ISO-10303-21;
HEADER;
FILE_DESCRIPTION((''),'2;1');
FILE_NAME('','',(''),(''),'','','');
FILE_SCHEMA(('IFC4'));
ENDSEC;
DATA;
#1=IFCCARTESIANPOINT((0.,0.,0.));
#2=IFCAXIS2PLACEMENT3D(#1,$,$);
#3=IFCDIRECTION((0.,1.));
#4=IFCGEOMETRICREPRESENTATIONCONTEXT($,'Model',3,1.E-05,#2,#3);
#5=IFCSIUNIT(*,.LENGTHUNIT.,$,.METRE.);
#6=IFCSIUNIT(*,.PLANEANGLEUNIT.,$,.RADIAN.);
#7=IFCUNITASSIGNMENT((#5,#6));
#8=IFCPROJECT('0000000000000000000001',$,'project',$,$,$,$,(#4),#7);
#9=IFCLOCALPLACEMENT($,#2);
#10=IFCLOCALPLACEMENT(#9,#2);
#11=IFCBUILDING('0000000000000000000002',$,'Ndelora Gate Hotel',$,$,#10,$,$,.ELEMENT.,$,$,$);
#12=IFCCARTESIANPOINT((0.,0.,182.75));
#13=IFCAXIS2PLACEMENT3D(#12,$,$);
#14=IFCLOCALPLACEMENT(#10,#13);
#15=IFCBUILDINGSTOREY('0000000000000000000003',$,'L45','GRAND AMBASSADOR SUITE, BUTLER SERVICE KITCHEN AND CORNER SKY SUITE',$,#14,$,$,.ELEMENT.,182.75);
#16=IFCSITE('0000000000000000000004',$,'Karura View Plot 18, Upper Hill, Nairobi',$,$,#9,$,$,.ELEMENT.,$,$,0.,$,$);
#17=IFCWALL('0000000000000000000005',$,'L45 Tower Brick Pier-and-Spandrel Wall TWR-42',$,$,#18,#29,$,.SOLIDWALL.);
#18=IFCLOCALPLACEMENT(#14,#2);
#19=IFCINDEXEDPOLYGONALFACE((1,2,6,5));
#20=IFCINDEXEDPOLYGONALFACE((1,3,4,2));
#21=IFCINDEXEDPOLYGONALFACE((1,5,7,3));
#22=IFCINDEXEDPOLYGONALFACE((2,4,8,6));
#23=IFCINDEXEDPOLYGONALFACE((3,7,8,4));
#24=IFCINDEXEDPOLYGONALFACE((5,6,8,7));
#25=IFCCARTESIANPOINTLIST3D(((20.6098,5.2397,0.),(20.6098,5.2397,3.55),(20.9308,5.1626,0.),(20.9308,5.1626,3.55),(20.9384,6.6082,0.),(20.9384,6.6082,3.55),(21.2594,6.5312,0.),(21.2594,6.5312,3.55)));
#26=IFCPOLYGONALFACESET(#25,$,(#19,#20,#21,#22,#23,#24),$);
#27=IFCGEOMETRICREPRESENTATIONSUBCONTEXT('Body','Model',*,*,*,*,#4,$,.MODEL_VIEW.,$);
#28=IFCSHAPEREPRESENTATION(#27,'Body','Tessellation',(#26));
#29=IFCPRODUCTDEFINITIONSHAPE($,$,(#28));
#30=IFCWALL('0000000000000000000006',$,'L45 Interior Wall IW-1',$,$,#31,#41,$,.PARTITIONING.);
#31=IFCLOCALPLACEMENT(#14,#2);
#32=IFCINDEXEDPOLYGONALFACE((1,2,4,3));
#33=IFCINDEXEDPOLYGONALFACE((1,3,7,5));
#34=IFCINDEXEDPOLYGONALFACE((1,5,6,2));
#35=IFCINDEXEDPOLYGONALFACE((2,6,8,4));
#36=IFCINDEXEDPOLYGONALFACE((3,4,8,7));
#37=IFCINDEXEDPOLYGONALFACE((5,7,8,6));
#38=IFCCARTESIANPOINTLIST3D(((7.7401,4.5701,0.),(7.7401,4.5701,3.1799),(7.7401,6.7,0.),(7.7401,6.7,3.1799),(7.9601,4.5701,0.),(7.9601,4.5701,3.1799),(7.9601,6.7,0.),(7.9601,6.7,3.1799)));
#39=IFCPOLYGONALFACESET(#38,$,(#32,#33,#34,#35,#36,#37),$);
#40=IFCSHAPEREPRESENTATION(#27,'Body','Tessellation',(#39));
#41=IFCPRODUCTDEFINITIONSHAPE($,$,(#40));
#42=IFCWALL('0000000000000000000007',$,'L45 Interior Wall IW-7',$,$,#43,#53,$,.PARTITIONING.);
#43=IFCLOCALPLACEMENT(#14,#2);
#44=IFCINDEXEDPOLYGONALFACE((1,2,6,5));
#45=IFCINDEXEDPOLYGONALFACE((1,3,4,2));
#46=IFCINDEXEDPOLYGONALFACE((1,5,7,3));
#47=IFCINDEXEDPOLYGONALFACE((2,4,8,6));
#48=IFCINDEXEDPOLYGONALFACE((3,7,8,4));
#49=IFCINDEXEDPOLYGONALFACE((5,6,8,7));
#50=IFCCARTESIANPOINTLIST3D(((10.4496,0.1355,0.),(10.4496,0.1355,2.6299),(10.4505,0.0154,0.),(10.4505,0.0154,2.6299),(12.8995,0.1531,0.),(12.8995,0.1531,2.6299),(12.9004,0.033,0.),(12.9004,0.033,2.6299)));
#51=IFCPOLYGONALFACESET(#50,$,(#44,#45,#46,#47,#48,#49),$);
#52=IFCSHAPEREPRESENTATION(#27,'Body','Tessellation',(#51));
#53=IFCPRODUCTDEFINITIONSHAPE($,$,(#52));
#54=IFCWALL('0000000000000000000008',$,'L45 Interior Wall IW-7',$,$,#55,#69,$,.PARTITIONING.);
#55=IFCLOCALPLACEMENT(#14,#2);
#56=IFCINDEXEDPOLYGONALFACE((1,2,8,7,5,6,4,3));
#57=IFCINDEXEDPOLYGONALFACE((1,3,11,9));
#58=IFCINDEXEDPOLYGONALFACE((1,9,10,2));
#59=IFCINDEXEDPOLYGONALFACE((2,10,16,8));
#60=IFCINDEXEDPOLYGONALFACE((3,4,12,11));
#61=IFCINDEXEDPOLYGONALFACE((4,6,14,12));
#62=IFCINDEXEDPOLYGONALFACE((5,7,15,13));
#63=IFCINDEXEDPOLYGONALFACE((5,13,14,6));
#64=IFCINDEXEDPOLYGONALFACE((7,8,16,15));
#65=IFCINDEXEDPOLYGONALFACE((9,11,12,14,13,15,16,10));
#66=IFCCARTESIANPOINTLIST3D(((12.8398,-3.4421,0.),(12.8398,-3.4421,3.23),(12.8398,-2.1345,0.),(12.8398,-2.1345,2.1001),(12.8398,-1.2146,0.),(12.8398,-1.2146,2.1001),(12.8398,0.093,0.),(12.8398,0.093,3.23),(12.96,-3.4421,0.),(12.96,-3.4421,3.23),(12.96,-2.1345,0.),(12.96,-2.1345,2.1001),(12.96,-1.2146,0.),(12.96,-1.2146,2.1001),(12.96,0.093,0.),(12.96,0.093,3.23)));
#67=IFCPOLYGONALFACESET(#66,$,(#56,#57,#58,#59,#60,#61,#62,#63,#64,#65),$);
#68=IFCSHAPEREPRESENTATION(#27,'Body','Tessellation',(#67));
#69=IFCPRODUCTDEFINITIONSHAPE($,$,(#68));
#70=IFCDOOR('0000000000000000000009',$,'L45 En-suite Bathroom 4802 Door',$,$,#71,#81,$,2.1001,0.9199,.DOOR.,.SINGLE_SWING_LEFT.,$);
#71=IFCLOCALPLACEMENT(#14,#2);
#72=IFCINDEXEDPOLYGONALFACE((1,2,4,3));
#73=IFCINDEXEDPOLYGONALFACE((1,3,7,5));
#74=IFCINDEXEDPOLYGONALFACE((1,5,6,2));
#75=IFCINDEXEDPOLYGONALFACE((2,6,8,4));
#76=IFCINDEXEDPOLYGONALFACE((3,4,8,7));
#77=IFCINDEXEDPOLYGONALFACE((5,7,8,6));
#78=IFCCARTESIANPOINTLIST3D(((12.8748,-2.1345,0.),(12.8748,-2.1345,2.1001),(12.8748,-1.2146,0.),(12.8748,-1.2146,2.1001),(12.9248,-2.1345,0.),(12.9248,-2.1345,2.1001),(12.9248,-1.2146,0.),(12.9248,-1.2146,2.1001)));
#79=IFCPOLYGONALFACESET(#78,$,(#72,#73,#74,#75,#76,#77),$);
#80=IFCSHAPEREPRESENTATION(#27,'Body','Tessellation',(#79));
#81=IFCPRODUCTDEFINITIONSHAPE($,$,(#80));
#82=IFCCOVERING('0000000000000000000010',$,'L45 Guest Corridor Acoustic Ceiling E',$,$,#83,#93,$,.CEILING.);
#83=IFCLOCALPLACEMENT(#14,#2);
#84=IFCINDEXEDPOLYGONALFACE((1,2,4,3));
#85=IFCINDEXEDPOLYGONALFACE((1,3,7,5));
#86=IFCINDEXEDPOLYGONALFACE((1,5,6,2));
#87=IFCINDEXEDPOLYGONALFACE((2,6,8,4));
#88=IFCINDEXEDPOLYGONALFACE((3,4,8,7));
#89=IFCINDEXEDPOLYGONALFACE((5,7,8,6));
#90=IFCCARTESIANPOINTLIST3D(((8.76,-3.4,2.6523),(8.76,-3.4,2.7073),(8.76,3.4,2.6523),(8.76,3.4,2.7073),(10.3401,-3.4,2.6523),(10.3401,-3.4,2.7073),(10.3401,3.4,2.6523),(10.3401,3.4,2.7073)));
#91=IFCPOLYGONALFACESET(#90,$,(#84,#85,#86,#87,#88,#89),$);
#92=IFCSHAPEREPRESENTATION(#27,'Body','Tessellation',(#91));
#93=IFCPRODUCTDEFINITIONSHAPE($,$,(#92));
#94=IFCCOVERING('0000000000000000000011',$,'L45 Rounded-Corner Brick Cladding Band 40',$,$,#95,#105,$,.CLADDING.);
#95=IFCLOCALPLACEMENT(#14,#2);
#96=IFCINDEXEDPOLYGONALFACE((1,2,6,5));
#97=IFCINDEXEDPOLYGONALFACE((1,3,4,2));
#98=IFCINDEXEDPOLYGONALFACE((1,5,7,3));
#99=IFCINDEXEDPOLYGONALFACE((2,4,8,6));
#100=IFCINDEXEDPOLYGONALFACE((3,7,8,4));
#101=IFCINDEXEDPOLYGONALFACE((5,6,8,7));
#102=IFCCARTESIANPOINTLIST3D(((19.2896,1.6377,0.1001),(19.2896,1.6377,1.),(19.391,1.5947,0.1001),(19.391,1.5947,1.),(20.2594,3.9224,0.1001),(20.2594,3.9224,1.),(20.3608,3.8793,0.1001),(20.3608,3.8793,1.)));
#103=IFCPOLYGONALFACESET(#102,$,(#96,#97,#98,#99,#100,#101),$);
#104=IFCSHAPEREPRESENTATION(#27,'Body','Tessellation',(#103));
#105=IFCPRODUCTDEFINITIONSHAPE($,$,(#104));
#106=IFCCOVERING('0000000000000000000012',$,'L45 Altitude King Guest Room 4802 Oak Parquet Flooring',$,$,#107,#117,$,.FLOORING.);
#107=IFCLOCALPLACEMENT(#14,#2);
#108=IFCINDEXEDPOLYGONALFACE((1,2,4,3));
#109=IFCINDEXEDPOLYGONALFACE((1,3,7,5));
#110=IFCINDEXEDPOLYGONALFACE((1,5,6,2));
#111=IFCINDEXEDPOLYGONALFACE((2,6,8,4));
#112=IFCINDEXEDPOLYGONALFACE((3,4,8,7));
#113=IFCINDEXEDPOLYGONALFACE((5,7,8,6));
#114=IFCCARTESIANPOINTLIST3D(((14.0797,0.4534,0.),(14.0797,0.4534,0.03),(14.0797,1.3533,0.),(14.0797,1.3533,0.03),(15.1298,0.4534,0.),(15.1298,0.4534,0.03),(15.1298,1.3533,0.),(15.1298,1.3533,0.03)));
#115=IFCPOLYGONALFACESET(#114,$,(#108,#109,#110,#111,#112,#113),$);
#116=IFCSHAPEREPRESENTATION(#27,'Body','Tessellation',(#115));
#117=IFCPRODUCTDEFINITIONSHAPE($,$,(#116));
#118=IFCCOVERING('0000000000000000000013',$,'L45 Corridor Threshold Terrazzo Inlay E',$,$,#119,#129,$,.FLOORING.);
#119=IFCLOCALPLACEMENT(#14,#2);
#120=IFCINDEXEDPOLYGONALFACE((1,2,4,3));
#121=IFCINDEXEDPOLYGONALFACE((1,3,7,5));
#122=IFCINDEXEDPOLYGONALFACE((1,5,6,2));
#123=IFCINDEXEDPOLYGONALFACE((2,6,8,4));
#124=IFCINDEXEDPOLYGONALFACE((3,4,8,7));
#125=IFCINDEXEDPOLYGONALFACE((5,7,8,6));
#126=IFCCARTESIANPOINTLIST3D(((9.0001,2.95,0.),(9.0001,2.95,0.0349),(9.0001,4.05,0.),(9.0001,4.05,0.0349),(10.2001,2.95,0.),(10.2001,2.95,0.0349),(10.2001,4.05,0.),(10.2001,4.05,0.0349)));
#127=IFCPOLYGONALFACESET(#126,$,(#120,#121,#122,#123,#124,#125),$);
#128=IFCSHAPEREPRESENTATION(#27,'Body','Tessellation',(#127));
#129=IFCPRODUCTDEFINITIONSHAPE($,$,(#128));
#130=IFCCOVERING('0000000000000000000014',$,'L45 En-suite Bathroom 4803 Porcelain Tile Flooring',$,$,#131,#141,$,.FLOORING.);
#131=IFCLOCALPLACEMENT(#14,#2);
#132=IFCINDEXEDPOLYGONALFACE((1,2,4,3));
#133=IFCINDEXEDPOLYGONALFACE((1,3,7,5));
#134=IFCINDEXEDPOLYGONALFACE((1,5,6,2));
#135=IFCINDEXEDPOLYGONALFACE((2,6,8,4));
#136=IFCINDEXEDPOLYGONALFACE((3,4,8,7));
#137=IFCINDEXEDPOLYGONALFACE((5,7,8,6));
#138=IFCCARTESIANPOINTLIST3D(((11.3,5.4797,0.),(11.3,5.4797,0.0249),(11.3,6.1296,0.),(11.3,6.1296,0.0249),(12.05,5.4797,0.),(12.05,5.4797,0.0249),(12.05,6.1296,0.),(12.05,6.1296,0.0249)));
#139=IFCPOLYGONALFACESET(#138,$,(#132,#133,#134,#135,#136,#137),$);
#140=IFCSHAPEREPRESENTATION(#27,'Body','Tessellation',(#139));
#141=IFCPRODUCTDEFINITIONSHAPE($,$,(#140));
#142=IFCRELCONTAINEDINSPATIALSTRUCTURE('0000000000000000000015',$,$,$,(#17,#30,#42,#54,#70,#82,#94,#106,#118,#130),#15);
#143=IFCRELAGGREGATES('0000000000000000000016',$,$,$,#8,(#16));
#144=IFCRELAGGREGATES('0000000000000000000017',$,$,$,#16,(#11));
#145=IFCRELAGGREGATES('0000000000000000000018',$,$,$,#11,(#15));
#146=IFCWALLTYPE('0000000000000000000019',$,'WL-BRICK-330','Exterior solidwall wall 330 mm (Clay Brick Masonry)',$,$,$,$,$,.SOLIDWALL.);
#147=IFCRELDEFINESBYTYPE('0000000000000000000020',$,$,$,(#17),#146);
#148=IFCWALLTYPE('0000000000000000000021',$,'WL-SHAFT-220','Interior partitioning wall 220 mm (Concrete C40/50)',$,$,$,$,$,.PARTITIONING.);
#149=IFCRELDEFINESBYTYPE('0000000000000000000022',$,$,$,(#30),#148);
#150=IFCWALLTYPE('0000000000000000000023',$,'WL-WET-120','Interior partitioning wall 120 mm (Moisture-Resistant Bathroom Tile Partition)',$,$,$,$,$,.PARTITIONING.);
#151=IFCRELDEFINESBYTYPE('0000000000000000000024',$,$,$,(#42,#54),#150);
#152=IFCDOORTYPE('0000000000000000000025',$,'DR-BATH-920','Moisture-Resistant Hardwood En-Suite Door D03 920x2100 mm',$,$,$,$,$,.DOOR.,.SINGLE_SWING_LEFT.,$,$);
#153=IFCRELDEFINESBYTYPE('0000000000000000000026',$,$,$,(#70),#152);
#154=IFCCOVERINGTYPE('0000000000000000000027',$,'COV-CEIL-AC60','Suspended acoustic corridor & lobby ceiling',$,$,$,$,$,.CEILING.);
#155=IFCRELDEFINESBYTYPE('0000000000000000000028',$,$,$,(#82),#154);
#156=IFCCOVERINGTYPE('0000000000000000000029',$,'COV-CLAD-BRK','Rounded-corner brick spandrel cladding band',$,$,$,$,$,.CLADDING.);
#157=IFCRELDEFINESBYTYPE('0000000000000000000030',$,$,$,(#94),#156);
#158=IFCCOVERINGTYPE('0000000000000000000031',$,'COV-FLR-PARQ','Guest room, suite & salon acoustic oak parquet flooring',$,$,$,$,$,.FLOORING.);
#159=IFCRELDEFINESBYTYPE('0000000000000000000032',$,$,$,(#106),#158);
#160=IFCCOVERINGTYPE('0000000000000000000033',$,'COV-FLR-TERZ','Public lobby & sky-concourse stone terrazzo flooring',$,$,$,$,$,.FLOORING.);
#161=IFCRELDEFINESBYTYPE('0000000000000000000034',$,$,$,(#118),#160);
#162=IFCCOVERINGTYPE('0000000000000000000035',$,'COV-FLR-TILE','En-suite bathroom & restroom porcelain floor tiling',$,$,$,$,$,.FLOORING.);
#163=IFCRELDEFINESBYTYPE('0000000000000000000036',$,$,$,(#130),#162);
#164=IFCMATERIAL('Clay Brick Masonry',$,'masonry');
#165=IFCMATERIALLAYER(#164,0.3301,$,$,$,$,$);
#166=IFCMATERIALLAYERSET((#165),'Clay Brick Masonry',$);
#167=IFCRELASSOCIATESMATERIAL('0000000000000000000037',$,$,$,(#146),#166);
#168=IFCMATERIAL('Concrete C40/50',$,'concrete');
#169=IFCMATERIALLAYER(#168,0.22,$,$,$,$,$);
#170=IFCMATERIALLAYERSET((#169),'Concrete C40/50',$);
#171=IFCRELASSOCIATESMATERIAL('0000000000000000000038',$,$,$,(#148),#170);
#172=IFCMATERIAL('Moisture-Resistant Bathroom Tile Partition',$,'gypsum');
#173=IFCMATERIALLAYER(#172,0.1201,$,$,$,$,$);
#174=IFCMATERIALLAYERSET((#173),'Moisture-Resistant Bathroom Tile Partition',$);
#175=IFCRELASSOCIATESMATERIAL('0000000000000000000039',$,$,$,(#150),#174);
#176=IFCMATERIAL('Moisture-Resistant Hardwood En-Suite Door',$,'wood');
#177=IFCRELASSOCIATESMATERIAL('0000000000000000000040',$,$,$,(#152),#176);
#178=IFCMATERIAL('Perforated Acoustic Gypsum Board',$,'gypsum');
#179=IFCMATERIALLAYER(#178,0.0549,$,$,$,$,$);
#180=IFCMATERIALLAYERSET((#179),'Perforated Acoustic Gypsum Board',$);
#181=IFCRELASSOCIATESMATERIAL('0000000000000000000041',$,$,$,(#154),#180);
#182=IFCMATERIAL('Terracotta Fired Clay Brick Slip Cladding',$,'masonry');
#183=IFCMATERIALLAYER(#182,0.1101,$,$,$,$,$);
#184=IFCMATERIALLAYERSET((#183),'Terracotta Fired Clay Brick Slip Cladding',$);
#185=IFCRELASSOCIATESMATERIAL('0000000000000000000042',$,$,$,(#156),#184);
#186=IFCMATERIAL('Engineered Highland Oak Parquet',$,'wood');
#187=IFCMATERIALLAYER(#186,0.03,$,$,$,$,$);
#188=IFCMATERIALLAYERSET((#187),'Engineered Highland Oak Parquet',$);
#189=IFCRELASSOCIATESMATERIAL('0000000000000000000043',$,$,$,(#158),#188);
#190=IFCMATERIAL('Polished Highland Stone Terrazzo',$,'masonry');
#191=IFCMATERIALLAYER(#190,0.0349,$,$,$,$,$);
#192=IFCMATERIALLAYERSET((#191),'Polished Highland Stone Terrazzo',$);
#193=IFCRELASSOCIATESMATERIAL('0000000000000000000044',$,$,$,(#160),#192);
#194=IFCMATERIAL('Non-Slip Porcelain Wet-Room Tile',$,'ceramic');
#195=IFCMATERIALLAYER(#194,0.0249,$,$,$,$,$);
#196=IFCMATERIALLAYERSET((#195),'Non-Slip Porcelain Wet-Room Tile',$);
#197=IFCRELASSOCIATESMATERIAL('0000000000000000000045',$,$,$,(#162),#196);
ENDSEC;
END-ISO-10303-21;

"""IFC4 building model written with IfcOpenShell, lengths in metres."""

from ifc_helpers import new_model, si_unit, direction, frame, frame_2d, origin, origin_2d, place, context, subcontext, project, spatial, rectangle, extrude, material, layer, layer_set, type_object, element, fill, save


model = new_model("IFC4")

# Units and contexts
model_context = context("Model", 3, precision=1e-05, world=origin(), true_north=direction((0.0, 1.0)))
body_context = subcontext(model_context, "Body", "Model", "MODEL_VIEW")
ifc_project = project(units=[si_unit("LENGTHUNIT", "METRE"), si_unit("PLANEANGLEUNIT", "RADIAN")], contexts=[model_context])

# Site, building, storey
site_placement = place(None, origin())
site = spatial("IfcSite", under=ifc_project, at=site_placement, Name="Karura View Plot 18, Upper Hill, Nairobi", CompositionType="ELEMENT", RefElevation=0.0)
building_placement = place(site_placement, origin())
building = spatial("IfcBuilding", under=site, at=building_placement, Name="Ndelora Gate Hotel", CompositionType="ELEMENT")
storey_placement = place(building_placement, frame((0.0, 0.0, 182.75)))
storey = spatial("IfcBuildingStorey", under=building, at=storey_placement, Name="L45", Description="GRAND AMBASSADOR SUITE, BUTLER SERVICE KITCHEN AND CORNER SKY SUITE", CompositionType="ELEMENT", Elevation=182.75)

# Shared definitions
ifc_material_1 = material(Name="Clay Brick Masonry", Category="masonry")
ifc_layer_1 = layer(ifc_material_1, 0.3301)
ifc_layer_set_1 = layer_set([ifc_layer_1], Name="Clay Brick Masonry")
wall_type_1 = type_object("IfcWallType", Name="WL-BRICK-330", Description="Exterior solidwall wall 330 mm (Clay Brick Masonry)", PredefinedType="SOLIDWALL", material=ifc_layer_set_1)

# Wall
wall_1_placement = place(storey_placement, frame((21.0989, 6.5696, 0.0), z_axis=(0.0, 0.0, 1.0), x_axis=(-0.233465, -0.972365, 0.0)))
element("IfcWall", 1, at=wall_1_placement, inside=storey, type_object=wall_type_1, Name="L45 Tower Brick Pier-and-Spandrel Wall TWR-42", PredefinedType="SOLIDWALL", context=body_context, shape_type="SweptSolid", body=[
    extrude(rectangle(XDim=1.4075, YDim=0.3301, at=frame_2d((0.7036, 0.0))), origin(), (0.0, 0.0, 1.0), 3.55),
])

# Shared definitions
ifc_material_2 = material(Name="Concrete C40/50", Category="concrete")

# Walls
ifc_layer_2 = layer(ifc_material_2, 0.22)
ifc_layer_set_2 = layer_set([ifc_layer_2], Name="Concrete C40/50")
wall_type_2 = type_object("IfcWallType", Name="WL-SHAFT-220", Description="Interior partitioning wall 220 mm (Concrete C40/50)", PredefinedType="PARTITIONING", material=ifc_layer_set_2)
wall_2_placement = place(storey_placement, frame((7.8501, 4.5701, 0.0), z_axis=(0.0, 0.0, 1.0), x_axis=(0.0, 1.0, 0.0)))
element("IfcWall", 2, at=wall_2_placement, inside=storey, type_object=wall_type_2, Name="L45 Interior Wall IW-1", PredefinedType="PARTITIONING", context=body_context, shape_type="SweptSolid", body=[
    extrude(rectangle(XDim=2.1299, YDim=0.22, at=frame_2d((1.0649, 0.0))), origin(), (0.0, 0.0, 1.0), 3.1799),
])
ifc_material_3 = material(Name="Moisture-Resistant Bathroom Tile Partition", Category="gypsum")
ifc_layer_3 = layer(ifc_material_3, 0.1201)
ifc_layer_set_3 = layer_set([ifc_layer_3], Name="Moisture-Resistant Bathroom Tile Partition")
wall_type_3 = type_object("IfcWallType", Name="WL-WET-120", Description="Interior partitioning wall 120 mm (Moisture-Resistant Bathroom Tile Partition)", PredefinedType="PARTITIONING", material=ifc_layer_set_3)
wall_3_placement = place(storey_placement, frame((10.45, 0.0754, 0.0), z_axis=(0.0, 0.0, 1.0), x_axis=(0.999974, 0.007175, 0.0)))
element("IfcWall", 3, at=wall_3_placement, inside=storey, type_object=wall_type_3, Name="L45 Interior Wall IW-7", PredefinedType="PARTITIONING", context=body_context, shape_type="SweptSolid", body=[
    extrude(rectangle(XDim=2.45, YDim=0.1201, at=frame_2d((1.2251, 0.0))), origin(), (0.0, 0.0, 1.0), 2.6299),
])

# Wall, opening, door
wall_4_placement = place(storey_placement, frame((12.8999, 0.093, 0.0), z_axis=(0.0, 0.0, 1.0), x_axis=(0.0, -1.0, 0.0)))
wall_4 = element("IfcWall", 4, at=wall_4_placement, inside=storey, type_object=wall_type_3, Name="L45 Interior Wall IW-7", PredefinedType="PARTITIONING", context=body_context, shape_type="SweptSolid", body=[
    extrude(rectangle(XDim=3.5352, YDim=0.1201, at=frame_2d((1.7676, 0.0))), origin(), (0.0, 0.0, 1.0), 3.23),
])
opening_1_placement = place(wall_4_placement, frame((1.3076, 0.0, 0.0)))
opening_1 = element("IfcOpeningElement", 5, at=opening_1_placement, cuts=wall_4, PredefinedType="OPENING", context=body_context, shape_type="SweptSolid", body=[
    extrude(rectangle(XDim=0.9199, YDim=2.1001, at=frame_2d((0.46, 1.05))), frame((0.0, 0.0701, 0.0), z_axis=(0.0, -1.0, 0.0), x_axis=(1.0, 0.0, 0.0)), (0.0, 0.0, 1.0), 0.1401),
])
ifc_material_4 = material(Name="Moisture-Resistant Hardwood En-Suite Door", Category="wood")
door_type_1 = type_object("IfcDoorType", Name="DR-BATH-920", Description="Moisture-Resistant Hardwood En-Suite Door D03 920x2100 mm", OperationType="SINGLE_SWING_LEFT", PredefinedType="DOOR", material=ifc_material_4)
door_1_placement = place(opening_1_placement, origin())
door_1 = element("IfcDoor", 6, at=door_1_placement, inside=storey, type_object=door_type_1, Name="L45 En-suite Bathroom 4802 Door", OperationType="SINGLE_SWING_LEFT", OverallHeight=2.1001, OverallWidth=0.9199, PredefinedType="DOOR", context=body_context, shape_type="SweptSolid", body=[
    extrude(rectangle(XDim=0.9199, YDim=2.1001, at=frame_2d((0.46, 1.05))), frame((0.0, 0.0249, 0.0), z_axis=(0.0, -1.0, 0.0), x_axis=(1.0, 0.0, 0.0)), (0.0, 0.0, 1.0), 0.05),
])
fill(opening_1, door_1)

# Coverings
ifc_material_5 = material(Name="Perforated Acoustic Gypsum Board", Category="gypsum")
ifc_layer_4 = layer(ifc_material_5, 0.0549)
ifc_layer_set_4 = layer_set([ifc_layer_4], Name="Perforated Acoustic Gypsum Board")
covering_type_1 = type_object("IfcCoveringType", Name="COV-CEIL-AC60", Description="Suspended acoustic corridor & lobby ceiling", PredefinedType="CEILING", material=ifc_layer_set_4)
covering_1_placement = place(storey_placement, frame((9.55, 0.0, 2.6523), z_axis=(0.0, 0.0, 1.0), x_axis=(1.0, 0.0, 0.0)))
element("IfcCovering", 7, at=covering_1_placement, inside=storey, type_object=covering_type_1, Name="L45 Guest Corridor Acoustic Ceiling E", PredefinedType="CEILING", context=body_context, shape_type="SweptSolid", body=[
    extrude(rectangle(XDim=1.5801, YDim=6.8, at=origin_2d()), origin(), (0.0, 0.0, 1.0), 0.0549),
])
ifc_material_6 = material(Name="Terracotta Fired Clay Brick Slip Cladding", Category="masonry")
ifc_layer_5 = layer(ifc_material_6, 0.1101)
ifc_layer_set_5 = layer_set([ifc_layer_5], Name="Terracotta Fired Clay Brick Slip Cladding")
covering_type_2 = type_object("IfcCoveringType", Name="COV-CLAD-BRK", Description="Rounded-corner brick spandrel cladding band", PredefinedType="CLADDING", material=ifc_layer_set_5)
covering_2_placement = place(storey_placement, frame((19.8252, 2.7585, 0.1001), z_axis=(0.0, 0.0, 1.0), x_axis=(0.390731, 0.920505, 0.0)))
element("IfcCovering", 8, at=covering_2_placement, inside=storey, type_object=covering_type_2, Name="L45 Rounded-Corner Brick Cladding Band 40", PredefinedType="CLADDING", context=body_context, shape_type="SweptSolid", body=[
    extrude(rectangle(XDim=2.4819, YDim=0.1101, at=origin_2d()), origin(), (0.0, 0.0, 1.0), 0.8999),
])
ifc_material_7 = material(Name="Engineered Highland Oak Parquet", Category="wood")
ifc_layer_6 = layer(ifc_material_7, 0.03)
ifc_layer_set_6 = layer_set([ifc_layer_6], Name="Engineered Highland Oak Parquet")
covering_type_3 = type_object("IfcCoveringType", Name="COV-FLR-PARQ", Description="Guest room, suite & salon acoustic oak parquet flooring", PredefinedType="FLOORING", material=ifc_layer_set_6)
covering_3_placement = place(storey_placement, frame((14.6047, 0.9033, 0.0), z_axis=(0.0, 0.0, 1.0), x_axis=(1.0, 0.0, 0.0)))
element("IfcCovering", 9, at=covering_3_placement, inside=storey, type_object=covering_type_3, Name="L45 Altitude King Guest Room 4802 Oak Parquet Flooring", PredefinedType="FLOORING", context=body_context, shape_type="SweptSolid", body=[
    extrude(rectangle(XDim=1.05, YDim=0.8999, at=origin_2d()), origin(), (0.0, 0.0, 1.0), 0.03),
])
ifc_material_8 = material(Name="Polished Highland Stone Terrazzo", Category="masonry")
ifc_layer_7 = layer(ifc_material_8, 0.0349)
ifc_layer_set_7 = layer_set([ifc_layer_7], Name="Polished Highland Stone Terrazzo")
covering_type_4 = type_object("IfcCoveringType", Name="COV-FLR-TERZ", Description="Public lobby & sky-concourse stone terrazzo flooring", PredefinedType="FLOORING", material=ifc_layer_set_7)
covering_4_placement = place(storey_placement, frame((9.6001, 3.5, 0.0), z_axis=(0.0, 0.0, 1.0), x_axis=(1.0, 0.0, 0.0)))
element("IfcCovering", 10, at=covering_4_placement, inside=storey, type_object=covering_type_4, Name="L45 Corridor Threshold Terrazzo Inlay E", PredefinedType="FLOORING", context=body_context, shape_type="SweptSolid", body=[
    extrude(rectangle(XDim=1.2, YDim=1.1001, at=origin_2d()), origin(), (0.0, 0.0, 1.0), 0.0349),
])
ifc_material_9 = material(Name="Non-Slip Porcelain Wet-Room Tile", Category="ceramic")
ifc_layer_8 = layer(ifc_material_9, 0.0249)
ifc_layer_set_8 = layer_set([ifc_layer_8], Name="Non-Slip Porcelain Wet-Room Tile")
covering_type_5 = type_object("IfcCoveringType", Name="COV-FLR-TILE", Description="En-suite bathroom & restroom porcelain floor tiling", PredefinedType="FLOORING", material=ifc_layer_set_8)
covering_5_placement = place(storey_placement, frame((11.675, 5.8047, 0.0), z_axis=(0.0, 0.0, 1.0), x_axis=(1.0, 0.0, 0.0)))
element("IfcCovering", 11, at=covering_5_placement, inside=storey, type_object=covering_type_5, Name="L45 En-suite Bathroom 4803 Porcelain Tile Flooring", PredefinedType="FLOORING", context=body_context, shape_type="SweptSolid", body=[
    extrude(rectangle(XDim=0.75, YDim=0.6499, at=origin_2d()), origin(), (0.0, 0.0, 1.0), 0.0249),
])

save(model, "model.ifc")
